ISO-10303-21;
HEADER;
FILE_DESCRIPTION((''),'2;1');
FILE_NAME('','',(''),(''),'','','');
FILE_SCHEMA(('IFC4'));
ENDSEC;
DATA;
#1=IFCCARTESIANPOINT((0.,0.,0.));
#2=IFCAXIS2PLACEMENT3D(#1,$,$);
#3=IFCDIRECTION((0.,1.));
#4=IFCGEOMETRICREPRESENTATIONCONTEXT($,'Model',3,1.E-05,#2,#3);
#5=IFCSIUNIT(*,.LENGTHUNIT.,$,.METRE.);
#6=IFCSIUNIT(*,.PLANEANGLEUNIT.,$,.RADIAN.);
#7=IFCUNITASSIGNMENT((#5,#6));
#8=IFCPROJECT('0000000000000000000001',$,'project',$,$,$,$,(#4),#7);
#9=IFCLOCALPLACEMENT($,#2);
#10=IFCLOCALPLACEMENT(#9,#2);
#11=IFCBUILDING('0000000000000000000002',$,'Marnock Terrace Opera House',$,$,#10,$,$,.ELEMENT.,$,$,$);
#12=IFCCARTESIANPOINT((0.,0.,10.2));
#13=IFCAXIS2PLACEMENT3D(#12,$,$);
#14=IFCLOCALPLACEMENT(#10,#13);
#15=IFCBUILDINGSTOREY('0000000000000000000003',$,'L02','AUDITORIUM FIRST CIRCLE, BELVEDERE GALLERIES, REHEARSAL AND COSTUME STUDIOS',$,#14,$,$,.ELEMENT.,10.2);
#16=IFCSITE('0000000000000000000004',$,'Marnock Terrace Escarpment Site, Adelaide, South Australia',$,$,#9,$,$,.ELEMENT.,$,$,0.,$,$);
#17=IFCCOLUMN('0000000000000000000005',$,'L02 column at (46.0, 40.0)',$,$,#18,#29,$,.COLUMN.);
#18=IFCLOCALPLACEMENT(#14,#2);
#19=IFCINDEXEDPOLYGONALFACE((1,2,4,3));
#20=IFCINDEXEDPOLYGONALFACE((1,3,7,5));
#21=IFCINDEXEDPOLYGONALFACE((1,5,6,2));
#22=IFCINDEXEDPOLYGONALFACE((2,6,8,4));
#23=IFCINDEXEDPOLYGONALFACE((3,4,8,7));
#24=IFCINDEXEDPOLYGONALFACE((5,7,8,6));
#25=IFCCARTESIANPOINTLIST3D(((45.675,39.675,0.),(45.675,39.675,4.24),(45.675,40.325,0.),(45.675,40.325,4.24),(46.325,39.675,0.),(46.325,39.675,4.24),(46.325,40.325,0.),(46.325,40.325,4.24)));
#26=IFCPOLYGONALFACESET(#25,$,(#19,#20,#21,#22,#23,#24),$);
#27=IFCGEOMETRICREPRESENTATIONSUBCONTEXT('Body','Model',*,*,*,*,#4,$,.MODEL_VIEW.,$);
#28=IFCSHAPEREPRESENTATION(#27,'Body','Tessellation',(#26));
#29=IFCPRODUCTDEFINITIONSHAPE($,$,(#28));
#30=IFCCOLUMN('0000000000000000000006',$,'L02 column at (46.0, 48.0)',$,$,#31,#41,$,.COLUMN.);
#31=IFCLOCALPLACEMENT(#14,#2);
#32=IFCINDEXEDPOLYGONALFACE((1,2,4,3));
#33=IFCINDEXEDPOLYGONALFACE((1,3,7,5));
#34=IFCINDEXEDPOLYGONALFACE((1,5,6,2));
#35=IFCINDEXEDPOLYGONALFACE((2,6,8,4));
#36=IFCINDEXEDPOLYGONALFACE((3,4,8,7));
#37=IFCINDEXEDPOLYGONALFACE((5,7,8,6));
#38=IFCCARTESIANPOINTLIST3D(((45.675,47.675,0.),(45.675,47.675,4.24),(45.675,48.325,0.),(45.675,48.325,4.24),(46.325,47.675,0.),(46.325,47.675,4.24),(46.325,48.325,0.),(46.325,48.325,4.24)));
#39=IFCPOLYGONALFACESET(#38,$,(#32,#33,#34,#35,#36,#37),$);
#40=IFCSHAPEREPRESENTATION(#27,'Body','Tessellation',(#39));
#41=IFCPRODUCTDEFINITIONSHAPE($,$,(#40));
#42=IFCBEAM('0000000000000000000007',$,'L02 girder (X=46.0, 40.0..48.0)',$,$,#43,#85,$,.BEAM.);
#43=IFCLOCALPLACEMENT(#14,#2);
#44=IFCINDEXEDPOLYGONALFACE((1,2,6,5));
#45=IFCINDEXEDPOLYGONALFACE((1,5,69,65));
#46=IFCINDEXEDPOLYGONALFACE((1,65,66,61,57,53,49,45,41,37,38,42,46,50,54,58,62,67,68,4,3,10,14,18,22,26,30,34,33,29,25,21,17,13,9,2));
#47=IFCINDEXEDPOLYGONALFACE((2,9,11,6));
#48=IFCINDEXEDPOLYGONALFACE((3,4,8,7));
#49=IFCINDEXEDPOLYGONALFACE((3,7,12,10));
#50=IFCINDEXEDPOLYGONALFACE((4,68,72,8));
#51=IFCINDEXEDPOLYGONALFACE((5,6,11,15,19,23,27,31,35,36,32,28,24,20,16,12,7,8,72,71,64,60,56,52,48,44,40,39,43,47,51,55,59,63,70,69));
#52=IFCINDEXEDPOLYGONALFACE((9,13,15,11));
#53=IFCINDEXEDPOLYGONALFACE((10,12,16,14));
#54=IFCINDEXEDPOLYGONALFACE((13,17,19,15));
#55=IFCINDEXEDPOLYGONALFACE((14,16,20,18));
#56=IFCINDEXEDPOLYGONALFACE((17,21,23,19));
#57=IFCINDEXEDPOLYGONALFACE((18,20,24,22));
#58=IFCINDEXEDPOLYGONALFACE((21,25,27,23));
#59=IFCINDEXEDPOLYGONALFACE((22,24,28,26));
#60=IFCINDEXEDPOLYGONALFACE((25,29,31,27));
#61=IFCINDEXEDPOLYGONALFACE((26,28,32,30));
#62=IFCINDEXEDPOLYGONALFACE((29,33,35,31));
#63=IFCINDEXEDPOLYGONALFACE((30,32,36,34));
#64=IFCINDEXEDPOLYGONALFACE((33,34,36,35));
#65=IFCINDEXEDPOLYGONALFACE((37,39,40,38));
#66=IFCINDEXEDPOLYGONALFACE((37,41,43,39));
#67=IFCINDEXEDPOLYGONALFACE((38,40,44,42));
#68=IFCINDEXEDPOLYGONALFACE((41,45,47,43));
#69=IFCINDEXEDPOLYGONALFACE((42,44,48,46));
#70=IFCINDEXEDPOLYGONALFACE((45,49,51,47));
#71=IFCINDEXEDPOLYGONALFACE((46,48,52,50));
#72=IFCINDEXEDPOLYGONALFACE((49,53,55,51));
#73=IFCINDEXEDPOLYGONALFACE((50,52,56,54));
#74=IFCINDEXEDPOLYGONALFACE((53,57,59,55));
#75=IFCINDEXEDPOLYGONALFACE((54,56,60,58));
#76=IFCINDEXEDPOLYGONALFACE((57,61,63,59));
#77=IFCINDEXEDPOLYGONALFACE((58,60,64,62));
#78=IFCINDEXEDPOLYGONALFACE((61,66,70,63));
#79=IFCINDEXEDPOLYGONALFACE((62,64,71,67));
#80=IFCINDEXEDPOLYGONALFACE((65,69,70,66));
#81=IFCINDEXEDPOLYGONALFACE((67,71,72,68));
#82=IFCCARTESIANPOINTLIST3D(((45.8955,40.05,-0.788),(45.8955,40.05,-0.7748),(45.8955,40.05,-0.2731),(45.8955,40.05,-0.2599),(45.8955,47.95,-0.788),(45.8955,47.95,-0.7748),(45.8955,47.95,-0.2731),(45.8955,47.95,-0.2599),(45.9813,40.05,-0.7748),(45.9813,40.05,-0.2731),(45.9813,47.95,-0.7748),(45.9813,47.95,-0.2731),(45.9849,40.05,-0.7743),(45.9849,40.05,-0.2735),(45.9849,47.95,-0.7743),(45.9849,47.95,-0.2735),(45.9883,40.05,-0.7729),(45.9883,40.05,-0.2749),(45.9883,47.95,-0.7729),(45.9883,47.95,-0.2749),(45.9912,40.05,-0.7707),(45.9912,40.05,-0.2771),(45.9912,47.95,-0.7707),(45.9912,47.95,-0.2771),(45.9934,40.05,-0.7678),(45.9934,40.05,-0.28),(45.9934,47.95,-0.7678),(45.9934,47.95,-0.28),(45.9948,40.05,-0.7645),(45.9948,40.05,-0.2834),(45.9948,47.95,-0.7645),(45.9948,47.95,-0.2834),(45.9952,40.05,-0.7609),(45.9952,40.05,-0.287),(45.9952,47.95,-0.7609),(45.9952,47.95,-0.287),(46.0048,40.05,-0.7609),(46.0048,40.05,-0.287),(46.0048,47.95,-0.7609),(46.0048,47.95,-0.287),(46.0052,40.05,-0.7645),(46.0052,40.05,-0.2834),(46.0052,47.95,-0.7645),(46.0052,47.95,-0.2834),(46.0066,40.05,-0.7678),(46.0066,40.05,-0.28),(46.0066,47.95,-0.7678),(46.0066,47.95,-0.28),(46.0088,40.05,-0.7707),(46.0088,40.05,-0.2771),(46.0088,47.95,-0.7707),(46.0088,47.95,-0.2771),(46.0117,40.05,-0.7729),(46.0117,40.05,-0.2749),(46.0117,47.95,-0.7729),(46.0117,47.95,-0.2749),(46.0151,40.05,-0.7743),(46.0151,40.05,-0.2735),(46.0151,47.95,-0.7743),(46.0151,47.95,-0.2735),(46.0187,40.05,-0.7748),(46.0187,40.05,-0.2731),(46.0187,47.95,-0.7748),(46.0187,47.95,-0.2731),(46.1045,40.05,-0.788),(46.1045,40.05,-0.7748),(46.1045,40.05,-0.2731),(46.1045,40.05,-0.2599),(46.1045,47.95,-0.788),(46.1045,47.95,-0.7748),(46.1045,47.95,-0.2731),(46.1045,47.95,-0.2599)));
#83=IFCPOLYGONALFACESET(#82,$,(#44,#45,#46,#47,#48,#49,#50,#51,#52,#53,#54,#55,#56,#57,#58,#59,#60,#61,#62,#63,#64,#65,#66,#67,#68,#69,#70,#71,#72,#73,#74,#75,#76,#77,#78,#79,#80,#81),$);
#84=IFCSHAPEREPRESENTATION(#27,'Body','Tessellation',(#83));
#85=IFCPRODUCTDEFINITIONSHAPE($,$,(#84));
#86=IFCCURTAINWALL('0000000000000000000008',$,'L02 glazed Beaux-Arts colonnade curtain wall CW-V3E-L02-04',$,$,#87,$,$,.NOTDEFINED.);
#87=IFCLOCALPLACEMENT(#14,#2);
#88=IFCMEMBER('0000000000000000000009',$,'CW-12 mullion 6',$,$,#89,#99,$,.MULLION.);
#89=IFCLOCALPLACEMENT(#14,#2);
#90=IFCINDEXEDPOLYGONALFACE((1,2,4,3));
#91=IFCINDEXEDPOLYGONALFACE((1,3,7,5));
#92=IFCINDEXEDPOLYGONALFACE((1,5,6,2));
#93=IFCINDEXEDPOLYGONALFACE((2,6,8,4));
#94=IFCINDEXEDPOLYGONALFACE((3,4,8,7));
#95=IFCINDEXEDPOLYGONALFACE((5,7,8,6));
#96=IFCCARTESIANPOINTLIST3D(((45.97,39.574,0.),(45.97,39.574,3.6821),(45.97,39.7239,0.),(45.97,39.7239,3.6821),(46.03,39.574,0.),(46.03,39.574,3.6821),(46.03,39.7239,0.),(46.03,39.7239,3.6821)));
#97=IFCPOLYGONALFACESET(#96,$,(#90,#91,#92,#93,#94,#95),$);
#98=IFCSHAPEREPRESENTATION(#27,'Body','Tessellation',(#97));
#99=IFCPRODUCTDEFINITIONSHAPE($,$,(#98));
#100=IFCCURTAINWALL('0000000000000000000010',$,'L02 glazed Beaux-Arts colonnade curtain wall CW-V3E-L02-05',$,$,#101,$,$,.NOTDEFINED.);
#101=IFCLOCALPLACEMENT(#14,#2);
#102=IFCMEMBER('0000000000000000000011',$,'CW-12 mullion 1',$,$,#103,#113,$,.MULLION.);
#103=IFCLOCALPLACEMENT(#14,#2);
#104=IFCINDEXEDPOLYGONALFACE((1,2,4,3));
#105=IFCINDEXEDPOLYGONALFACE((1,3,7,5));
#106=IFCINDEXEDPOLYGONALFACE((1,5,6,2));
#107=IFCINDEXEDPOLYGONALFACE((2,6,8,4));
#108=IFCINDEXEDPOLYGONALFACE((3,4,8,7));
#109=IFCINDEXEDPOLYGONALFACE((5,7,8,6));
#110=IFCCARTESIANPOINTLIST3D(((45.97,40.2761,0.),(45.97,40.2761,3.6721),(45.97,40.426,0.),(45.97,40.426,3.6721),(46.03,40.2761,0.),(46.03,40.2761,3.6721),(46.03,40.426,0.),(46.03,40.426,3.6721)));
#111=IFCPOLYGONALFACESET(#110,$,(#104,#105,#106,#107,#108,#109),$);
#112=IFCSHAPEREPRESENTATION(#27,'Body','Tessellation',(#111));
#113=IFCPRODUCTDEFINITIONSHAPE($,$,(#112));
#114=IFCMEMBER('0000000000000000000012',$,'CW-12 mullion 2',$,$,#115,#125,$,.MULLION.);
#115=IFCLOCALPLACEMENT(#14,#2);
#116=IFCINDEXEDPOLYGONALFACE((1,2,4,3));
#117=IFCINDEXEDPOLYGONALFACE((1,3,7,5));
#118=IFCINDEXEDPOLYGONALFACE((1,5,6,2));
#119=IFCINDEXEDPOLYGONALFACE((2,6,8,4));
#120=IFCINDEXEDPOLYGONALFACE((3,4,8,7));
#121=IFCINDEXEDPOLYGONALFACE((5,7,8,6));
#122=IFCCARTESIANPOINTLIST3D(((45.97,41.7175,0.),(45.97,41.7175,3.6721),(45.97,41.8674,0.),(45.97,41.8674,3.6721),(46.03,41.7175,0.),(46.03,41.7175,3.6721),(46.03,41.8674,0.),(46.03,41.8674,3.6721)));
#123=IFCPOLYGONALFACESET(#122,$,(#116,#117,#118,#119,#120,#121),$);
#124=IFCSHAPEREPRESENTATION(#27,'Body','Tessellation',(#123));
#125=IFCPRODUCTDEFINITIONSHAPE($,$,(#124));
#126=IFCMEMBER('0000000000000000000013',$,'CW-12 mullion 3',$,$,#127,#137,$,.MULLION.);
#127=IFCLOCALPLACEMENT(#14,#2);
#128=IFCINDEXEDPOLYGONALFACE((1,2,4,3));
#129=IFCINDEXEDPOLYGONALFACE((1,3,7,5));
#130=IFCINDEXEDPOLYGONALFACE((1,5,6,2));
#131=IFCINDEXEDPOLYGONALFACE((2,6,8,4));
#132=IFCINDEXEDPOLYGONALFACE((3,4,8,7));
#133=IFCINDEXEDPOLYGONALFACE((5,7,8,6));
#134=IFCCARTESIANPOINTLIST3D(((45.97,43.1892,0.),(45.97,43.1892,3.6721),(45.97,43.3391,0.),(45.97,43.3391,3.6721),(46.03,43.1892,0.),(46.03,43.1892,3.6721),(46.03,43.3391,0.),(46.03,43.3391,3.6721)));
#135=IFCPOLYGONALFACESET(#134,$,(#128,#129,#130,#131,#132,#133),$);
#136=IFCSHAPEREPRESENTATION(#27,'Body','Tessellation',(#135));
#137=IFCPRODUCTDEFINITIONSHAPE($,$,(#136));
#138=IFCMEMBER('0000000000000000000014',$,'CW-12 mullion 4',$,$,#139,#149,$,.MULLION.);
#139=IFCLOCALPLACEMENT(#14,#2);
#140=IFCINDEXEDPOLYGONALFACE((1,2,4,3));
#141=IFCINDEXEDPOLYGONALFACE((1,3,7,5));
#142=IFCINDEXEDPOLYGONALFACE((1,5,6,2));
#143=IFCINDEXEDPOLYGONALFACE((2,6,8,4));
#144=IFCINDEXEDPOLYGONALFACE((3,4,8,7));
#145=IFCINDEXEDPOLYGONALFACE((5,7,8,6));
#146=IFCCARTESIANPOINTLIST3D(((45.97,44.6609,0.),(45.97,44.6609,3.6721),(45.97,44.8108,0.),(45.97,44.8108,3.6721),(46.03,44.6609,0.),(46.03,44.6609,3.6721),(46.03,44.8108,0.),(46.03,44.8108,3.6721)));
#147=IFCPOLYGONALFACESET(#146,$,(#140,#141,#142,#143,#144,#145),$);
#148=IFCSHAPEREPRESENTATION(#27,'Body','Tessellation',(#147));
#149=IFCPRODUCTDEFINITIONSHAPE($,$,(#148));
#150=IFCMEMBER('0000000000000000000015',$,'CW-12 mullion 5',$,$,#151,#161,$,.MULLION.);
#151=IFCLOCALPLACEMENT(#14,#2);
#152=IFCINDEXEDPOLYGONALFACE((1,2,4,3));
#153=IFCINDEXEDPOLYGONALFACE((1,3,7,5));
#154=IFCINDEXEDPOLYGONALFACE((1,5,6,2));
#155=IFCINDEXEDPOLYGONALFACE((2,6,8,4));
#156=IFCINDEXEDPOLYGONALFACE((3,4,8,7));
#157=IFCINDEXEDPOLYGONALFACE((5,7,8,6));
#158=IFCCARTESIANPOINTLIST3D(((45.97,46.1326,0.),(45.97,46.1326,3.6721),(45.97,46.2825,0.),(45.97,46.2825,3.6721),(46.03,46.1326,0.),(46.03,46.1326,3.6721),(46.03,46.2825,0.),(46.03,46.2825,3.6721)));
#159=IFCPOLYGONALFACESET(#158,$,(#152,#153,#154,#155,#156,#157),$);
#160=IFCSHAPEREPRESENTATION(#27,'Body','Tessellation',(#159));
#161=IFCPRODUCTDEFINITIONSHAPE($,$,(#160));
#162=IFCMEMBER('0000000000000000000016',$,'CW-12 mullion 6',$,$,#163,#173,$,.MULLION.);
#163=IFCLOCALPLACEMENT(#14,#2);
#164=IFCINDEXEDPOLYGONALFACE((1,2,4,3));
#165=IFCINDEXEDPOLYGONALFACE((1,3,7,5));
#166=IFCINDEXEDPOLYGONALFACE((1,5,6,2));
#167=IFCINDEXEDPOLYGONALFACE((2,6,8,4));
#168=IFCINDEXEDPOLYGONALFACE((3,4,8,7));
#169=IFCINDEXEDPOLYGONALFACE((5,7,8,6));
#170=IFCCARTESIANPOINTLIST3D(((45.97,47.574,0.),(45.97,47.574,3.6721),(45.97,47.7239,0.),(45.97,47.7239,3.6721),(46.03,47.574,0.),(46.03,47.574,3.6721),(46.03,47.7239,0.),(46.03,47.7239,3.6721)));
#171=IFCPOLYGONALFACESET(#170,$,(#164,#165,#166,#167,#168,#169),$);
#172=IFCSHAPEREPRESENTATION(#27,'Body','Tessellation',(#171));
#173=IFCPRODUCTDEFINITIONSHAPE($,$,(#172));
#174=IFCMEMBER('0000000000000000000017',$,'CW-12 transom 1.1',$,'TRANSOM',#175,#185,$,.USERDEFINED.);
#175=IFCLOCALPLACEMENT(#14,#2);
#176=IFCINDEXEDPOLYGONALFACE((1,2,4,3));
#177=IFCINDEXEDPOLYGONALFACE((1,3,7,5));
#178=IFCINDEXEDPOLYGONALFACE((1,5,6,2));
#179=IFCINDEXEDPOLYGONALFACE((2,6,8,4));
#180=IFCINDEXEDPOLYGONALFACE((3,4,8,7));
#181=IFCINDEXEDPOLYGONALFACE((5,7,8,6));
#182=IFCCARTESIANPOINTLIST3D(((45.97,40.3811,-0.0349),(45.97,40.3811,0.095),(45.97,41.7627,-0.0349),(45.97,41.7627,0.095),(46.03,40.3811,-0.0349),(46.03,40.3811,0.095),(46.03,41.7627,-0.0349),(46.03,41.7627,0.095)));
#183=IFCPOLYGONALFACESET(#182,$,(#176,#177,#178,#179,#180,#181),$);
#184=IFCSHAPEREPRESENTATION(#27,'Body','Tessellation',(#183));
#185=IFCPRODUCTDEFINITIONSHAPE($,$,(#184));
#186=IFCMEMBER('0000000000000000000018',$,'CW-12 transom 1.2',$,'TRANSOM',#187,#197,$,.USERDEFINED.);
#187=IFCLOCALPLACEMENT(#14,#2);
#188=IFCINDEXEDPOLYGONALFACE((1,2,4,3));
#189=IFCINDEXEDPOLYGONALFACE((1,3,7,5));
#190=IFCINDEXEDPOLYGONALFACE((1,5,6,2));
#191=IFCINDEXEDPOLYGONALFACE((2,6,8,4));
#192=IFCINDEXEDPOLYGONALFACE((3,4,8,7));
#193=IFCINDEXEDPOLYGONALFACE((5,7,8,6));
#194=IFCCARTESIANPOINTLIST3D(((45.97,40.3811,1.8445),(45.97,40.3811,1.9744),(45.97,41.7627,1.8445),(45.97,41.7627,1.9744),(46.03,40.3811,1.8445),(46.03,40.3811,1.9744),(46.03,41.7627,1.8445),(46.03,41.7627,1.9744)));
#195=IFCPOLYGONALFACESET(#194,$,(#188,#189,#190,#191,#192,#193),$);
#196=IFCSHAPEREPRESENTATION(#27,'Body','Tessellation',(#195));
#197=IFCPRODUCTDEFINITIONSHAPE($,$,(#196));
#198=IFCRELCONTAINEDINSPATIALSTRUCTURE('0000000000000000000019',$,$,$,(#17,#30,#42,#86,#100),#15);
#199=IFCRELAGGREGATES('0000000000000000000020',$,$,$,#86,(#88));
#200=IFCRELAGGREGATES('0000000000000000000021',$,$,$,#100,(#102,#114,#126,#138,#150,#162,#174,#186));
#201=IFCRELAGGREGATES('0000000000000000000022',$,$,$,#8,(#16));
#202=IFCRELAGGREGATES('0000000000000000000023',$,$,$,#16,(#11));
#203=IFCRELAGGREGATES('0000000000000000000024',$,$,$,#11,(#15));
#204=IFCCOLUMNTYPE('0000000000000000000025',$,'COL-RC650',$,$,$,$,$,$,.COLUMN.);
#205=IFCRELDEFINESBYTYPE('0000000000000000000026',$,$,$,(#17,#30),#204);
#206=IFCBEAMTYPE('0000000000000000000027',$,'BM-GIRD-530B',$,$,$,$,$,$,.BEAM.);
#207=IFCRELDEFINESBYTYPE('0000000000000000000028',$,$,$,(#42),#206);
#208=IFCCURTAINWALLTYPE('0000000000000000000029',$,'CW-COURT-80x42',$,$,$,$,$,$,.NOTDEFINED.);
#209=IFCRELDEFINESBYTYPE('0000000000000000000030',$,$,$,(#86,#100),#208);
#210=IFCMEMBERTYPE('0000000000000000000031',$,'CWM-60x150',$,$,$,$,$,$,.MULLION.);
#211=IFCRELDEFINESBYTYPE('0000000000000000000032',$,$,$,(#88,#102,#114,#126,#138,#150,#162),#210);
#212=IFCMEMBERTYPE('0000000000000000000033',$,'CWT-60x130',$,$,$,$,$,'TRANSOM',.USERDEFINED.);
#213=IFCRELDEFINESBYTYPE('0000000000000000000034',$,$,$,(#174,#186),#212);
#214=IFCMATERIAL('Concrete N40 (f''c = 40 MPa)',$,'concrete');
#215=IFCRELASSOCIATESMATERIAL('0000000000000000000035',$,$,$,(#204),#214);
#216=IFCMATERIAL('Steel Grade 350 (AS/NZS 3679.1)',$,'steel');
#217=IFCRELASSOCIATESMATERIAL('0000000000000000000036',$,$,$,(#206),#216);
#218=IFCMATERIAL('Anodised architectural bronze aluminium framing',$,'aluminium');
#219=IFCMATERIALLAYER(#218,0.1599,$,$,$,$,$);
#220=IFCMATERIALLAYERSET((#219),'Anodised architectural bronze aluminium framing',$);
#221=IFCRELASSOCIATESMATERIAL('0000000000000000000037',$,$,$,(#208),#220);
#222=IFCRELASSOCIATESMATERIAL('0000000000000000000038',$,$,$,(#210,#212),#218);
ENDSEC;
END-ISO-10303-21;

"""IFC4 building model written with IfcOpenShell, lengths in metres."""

from ifc_helpers import new_model, si_unit, direction, frame, origin, origin_2d, place, context, subcontext, project, spatial, rectangle, i_section, extrude, material, layer, layer_set, material_profile, profile_set, type_object, element, aggregate, save


model = new_model("IFC4")

# Units and contexts
model_context = context("Model", 3, precision=1e-05, world=origin(), true_north=direction((0.0, 1.0)))
body_context = subcontext(model_context, "Body", "Model", "MODEL_VIEW")
ifc_project = project(units=[si_unit("LENGTHUNIT", "METRE"), si_unit("PLANEANGLEUNIT", "RADIAN")], contexts=[model_context])

# Site, building, storey
site_placement = place(None, origin())
site = spatial("IfcSite", under=ifc_project, at=site_placement, Name="Marnock Terrace Escarpment Site, Adelaide, South Australia", CompositionType="ELEMENT", RefElevation=0.0)
building_placement = place(site_placement, origin())
building = spatial("IfcBuilding", under=site, at=building_placement, Name="Marnock Terrace Opera House", CompositionType="ELEMENT")
storey_placement = place(building_placement, frame((0.0, 0.0, 10.2)))
storey = spatial("IfcBuildingStorey", under=building, at=storey_placement, Name="L02", Description="AUDITORIUM FIRST CIRCLE, BELVEDERE GALLERIES, REHEARSAL AND COSTUME STUDIOS", CompositionType="ELEMENT", Elevation=10.2)

# Columns
ifc_material_1 = material(Name="Concrete N40 (f'c = 40 MPa)", Category="concrete")
ifc_material_profile_1 = material_profile(ifc_material_1, rectangle(XDim=0.6499, YDim=0.6499, at=origin_2d()))
ifc_profile_set_1 = profile_set([ifc_material_profile_1], Name="Concrete N40 (f'c = 40 MPa)")
column_type = type_object("IfcColumnType", Name="COL-RC650", PredefinedType="COLUMN", material=ifc_profile_set_1)
for number, where, z_axis, x_axis, name in (
    (1, (46.0, 40.0, 0.0), (0.0, 0.0, 1.0), (1.0, 0.0, 0.0), "L02 column at (46.0, 40.0)"),
    (2, (46.0, 48.0, 0.0), (0.0, 0.0, 1.0), (1.0, 0.0, 0.0), "L02 column at (46.0, 48.0)"),
):
    element("IfcColumn", number, at=place(storey_placement, frame(where, z_axis=z_axis, x_axis=x_axis)), inside=storey, type_object=column_type, Name=name, PredefinedType="COLUMN", context=body_context, shape_type="SweptSolid", body=[
        extrude(rectangle(XDim=0.6499, YDim=0.6499, at=origin_2d()), origin(), (0.0, 0.0, 1.0), 4.24),
    ])

# Beam
ifc_material_2 = material(Name="Steel Grade 350 (AS/NZS 3679.1)", Category="steel")
ifc_material_profile_2 = material_profile(ifc_material_2, i_section(OverallWidth=0.209, OverallDepth=0.5281, WebThickness=0.0095, FlangeThickness=0.0132, FilletRadius=0.0139, at=origin_2d()))
ifc_profile_set_2 = profile_set([ifc_material_profile_2], Name="Steel Grade 350 (AS/NZS 3679.1)")
beam_type = type_object("IfcBeamType", Name="BM-GIRD-530B", PredefinedType="BEAM", material=ifc_profile_set_2)
beam_placement = place(storey_placement, frame((46.0, 40.05, -0.5239), z_axis=(0.0, 1.0, 0.0), x_axis=(-1.0, 0.0, 0.0)))
element("IfcBeam", 3, at=beam_placement, inside=storey, type_object=beam_type, Name="L02 girder (X=46.0, 40.0..48.0)", PredefinedType="BEAM", context=body_context, shape_type="SweptSolid", body=[
    extrude(i_section(OverallWidth=0.209, OverallDepth=0.5281, WebThickness=0.0095, FlangeThickness=0.0132, FilletRadius=0.0139, at=origin_2d()), origin(), (0.0, 0.0, 1.0), 7.8999),
])

# Curtain wall, member
ifc_material_3 = material(Name="Anodised architectural bronze aluminium framing", Category="aluminium")
ifc_layer_1 = layer(ifc_material_3, 0.1599)
ifc_layer_set_1 = layer_set([ifc_layer_1], Name="Anodised architectural bronze aluminium framing")
curtain_wall_type = type_object("IfcCurtainWallType", Name="CW-COURT-80x42", PredefinedType="NOTDEFINED", material=ifc_layer_set_1)
curtain_wall_1_placement = place(storey_placement, origin())
curtain_wall_1 = element("IfcCurtainWall", 4, at=curtain_wall_1_placement, inside=storey, type_object=curtain_wall_type, Name="L02 glazed Beaux-Arts colonnade curtain wall CW-V3E-L02-04", PredefinedType="NOTDEFINED")
ifc_material_profile_3 = material_profile(ifc_material_3, rectangle(XDim=0.0601, YDim=0.1499, at=origin_2d()))
ifc_profile_set_3 = profile_set([ifc_material_profile_3], Name="Anodised architectural bronze aluminium framing")
member_type_1 = type_object("IfcMemberType", Name="CWM-60x150", PredefinedType="MULLION", material=ifc_profile_set_3)
member_1_placement = place(storey_placement, frame((46.0, 39.6489, 0.0), z_axis=(0.0, 0.0, 1.0), x_axis=(-1.0, 0.0, 0.0)))
member_1 = element("IfcMember", 5, at=member_1_placement, type_object=member_type_1, Name="CW-12 mullion 6", PredefinedType="MULLION", context=body_context, shape_type="SweptSolid", body=[
    extrude(rectangle(XDim=0.0601, YDim=0.1499, at=origin_2d()), origin(), (0.0, 0.0, 1.0), 3.6821),
])

# Curtain wall, members
curtain_wall_2_placement = place(storey_placement, origin())
curtain_wall_2 = element("IfcCurtainWall", 6, at=curtain_wall_2_placement, inside=storey, type_object=curtain_wall_type, Name="L02 glazed Beaux-Arts colonnade curtain wall CW-V3E-L02-05", PredefinedType="NOTDEFINED")
member_2_placement = place(storey_placement, frame((46.0, 40.3511, 0.0), z_axis=(0.0, 0.0, 1.0), x_axis=(-1.0, 0.0, 0.0)))
member_2 = element("IfcMember", 7, at=member_2_placement, type_object=member_type_1, Name="CW-12 mullion 1", PredefinedType="MULLION", context=body_context, shape_type="SweptSolid", body=[
    extrude(rectangle(XDim=0.0601, YDim=0.1499, at=origin_2d()), origin(), (0.0, 0.0, 1.0), 3.6721),
])
member_3_placement = place(storey_placement, frame((46.0, 41.7925, 0.0), z_axis=(0.0, 0.0, 1.0), x_axis=(-1.0, 0.0, 0.0)))
member_3 = element("IfcMember", 8, at=member_3_placement, type_object=member_type_1, Name="CW-12 mullion 2", PredefinedType="MULLION", context=body_context, shape_type="SweptSolid", body=[
    extrude(rectangle(XDim=0.0601, YDim=0.1499, at=origin_2d()), origin(), (0.0, 0.0, 1.0), 3.6721),
])
member_4_placement = place(storey_placement, frame((46.0, 43.2642, 0.0), z_axis=(0.0, 0.0, 1.0), x_axis=(-1.0, 0.0, 0.0)))
member_4 = element("IfcMember", 9, at=member_4_placement, type_object=member_type_1, Name="CW-12 mullion 3", PredefinedType="MULLION", context=body_context, shape_type="SweptSolid", body=[
    extrude(rectangle(XDim=0.0601, YDim=0.1499, at=origin_2d()), origin(), (0.0, 0.0, 1.0), 3.6721),
])
member_5_placement = place(storey_placement, frame((46.0, 44.7358, 0.0), z_axis=(0.0, 0.0, 1.0), x_axis=(-1.0, 0.0, 0.0)))
member_5 = element("IfcMember", 10, at=member_5_placement, type_object=member_type_1, Name="CW-12 mullion 4", PredefinedType="MULLION", context=body_context, shape_type="SweptSolid", body=[
    extrude(rectangle(XDim=0.0601, YDim=0.1499, at=origin_2d()), origin(), (0.0, 0.0, 1.0), 3.6721),
])
member_6_placement = place(storey_placement, frame((46.0, 46.2075, 0.0), z_axis=(0.0, 0.0, 1.0), x_axis=(-1.0, 0.0, 0.0)))
member_6 = element("IfcMember", 11, at=member_6_placement, type_object=member_type_1, Name="CW-12 mullion 5", PredefinedType="MULLION", context=body_context, shape_type="SweptSolid", body=[
    extrude(rectangle(XDim=0.0601, YDim=0.1499, at=origin_2d()), origin(), (0.0, 0.0, 1.0), 3.6721),
])
member_7_placement = place(storey_placement, frame((46.0, 47.6489, 0.0), z_axis=(0.0, 0.0, 1.0), x_axis=(-1.0, 0.0, 0.0)))
member_7 = element("IfcMember", 12, at=member_7_placement, type_object=member_type_1, Name="CW-12 mullion 6", PredefinedType="MULLION", context=body_context, shape_type="SweptSolid", body=[
    extrude(rectangle(XDim=0.0601, YDim=0.1499, at=origin_2d()), origin(), (0.0, 0.0, 1.0), 3.6721),
])
ifc_material_profile_4 = material_profile(ifc_material_3, rectangle(XDim=0.0601, YDim=0.1299, at=origin_2d()))
ifc_profile_set_4 = profile_set([ifc_material_profile_4], Name="Anodised architectural bronze aluminium framing")
member_type_2 = type_object("IfcMemberType", Name="CWT-60x130", ElementType="TRANSOM", PredefinedType="USERDEFINED", material=ifc_profile_set_4)
member_8_placement = place(storey_placement, frame((46.0, 40.3811, 0.03), z_axis=(0.0, 1.0, 0.0), x_axis=(-1.0, 0.0, 0.0)))
member_8 = element("IfcMember", 13, at=member_8_placement, type_object=member_type_2, Name="CW-12 transom 1.1", ObjectType="TRANSOM", PredefinedType="USERDEFINED", context=body_context, shape_type="SweptSolid", body=[
    extrude(rectangle(XDim=0.0601, YDim=0.1299, at=origin_2d()), origin(), (0.0, 0.0, 1.0), 1.3816),
])
member_9_placement = place(storey_placement, frame((46.0, 40.3811, 1.9094), z_axis=(0.0, 1.0, 0.0), x_axis=(-1.0, 0.0, 0.0)))
member_9 = element("IfcMember", 14, at=member_9_placement, type_object=member_type_2, Name="CW-12 transom 1.2", ObjectType="TRANSOM", PredefinedType="USERDEFINED", context=body_context, shape_type="SweptSolid", body=[
    extrude(rectangle(XDim=0.0601, YDim=0.1299, at=origin_2d()), origin(), (0.0, 0.0, 1.0), 1.3816),
])

aggregate(curtain_wall_1, [member_1])
aggregate(curtain_wall_2, [member_2, member_3, member_4, member_5, member_6, member_7, member_8, member_9])

save(model, "model.ifc")
